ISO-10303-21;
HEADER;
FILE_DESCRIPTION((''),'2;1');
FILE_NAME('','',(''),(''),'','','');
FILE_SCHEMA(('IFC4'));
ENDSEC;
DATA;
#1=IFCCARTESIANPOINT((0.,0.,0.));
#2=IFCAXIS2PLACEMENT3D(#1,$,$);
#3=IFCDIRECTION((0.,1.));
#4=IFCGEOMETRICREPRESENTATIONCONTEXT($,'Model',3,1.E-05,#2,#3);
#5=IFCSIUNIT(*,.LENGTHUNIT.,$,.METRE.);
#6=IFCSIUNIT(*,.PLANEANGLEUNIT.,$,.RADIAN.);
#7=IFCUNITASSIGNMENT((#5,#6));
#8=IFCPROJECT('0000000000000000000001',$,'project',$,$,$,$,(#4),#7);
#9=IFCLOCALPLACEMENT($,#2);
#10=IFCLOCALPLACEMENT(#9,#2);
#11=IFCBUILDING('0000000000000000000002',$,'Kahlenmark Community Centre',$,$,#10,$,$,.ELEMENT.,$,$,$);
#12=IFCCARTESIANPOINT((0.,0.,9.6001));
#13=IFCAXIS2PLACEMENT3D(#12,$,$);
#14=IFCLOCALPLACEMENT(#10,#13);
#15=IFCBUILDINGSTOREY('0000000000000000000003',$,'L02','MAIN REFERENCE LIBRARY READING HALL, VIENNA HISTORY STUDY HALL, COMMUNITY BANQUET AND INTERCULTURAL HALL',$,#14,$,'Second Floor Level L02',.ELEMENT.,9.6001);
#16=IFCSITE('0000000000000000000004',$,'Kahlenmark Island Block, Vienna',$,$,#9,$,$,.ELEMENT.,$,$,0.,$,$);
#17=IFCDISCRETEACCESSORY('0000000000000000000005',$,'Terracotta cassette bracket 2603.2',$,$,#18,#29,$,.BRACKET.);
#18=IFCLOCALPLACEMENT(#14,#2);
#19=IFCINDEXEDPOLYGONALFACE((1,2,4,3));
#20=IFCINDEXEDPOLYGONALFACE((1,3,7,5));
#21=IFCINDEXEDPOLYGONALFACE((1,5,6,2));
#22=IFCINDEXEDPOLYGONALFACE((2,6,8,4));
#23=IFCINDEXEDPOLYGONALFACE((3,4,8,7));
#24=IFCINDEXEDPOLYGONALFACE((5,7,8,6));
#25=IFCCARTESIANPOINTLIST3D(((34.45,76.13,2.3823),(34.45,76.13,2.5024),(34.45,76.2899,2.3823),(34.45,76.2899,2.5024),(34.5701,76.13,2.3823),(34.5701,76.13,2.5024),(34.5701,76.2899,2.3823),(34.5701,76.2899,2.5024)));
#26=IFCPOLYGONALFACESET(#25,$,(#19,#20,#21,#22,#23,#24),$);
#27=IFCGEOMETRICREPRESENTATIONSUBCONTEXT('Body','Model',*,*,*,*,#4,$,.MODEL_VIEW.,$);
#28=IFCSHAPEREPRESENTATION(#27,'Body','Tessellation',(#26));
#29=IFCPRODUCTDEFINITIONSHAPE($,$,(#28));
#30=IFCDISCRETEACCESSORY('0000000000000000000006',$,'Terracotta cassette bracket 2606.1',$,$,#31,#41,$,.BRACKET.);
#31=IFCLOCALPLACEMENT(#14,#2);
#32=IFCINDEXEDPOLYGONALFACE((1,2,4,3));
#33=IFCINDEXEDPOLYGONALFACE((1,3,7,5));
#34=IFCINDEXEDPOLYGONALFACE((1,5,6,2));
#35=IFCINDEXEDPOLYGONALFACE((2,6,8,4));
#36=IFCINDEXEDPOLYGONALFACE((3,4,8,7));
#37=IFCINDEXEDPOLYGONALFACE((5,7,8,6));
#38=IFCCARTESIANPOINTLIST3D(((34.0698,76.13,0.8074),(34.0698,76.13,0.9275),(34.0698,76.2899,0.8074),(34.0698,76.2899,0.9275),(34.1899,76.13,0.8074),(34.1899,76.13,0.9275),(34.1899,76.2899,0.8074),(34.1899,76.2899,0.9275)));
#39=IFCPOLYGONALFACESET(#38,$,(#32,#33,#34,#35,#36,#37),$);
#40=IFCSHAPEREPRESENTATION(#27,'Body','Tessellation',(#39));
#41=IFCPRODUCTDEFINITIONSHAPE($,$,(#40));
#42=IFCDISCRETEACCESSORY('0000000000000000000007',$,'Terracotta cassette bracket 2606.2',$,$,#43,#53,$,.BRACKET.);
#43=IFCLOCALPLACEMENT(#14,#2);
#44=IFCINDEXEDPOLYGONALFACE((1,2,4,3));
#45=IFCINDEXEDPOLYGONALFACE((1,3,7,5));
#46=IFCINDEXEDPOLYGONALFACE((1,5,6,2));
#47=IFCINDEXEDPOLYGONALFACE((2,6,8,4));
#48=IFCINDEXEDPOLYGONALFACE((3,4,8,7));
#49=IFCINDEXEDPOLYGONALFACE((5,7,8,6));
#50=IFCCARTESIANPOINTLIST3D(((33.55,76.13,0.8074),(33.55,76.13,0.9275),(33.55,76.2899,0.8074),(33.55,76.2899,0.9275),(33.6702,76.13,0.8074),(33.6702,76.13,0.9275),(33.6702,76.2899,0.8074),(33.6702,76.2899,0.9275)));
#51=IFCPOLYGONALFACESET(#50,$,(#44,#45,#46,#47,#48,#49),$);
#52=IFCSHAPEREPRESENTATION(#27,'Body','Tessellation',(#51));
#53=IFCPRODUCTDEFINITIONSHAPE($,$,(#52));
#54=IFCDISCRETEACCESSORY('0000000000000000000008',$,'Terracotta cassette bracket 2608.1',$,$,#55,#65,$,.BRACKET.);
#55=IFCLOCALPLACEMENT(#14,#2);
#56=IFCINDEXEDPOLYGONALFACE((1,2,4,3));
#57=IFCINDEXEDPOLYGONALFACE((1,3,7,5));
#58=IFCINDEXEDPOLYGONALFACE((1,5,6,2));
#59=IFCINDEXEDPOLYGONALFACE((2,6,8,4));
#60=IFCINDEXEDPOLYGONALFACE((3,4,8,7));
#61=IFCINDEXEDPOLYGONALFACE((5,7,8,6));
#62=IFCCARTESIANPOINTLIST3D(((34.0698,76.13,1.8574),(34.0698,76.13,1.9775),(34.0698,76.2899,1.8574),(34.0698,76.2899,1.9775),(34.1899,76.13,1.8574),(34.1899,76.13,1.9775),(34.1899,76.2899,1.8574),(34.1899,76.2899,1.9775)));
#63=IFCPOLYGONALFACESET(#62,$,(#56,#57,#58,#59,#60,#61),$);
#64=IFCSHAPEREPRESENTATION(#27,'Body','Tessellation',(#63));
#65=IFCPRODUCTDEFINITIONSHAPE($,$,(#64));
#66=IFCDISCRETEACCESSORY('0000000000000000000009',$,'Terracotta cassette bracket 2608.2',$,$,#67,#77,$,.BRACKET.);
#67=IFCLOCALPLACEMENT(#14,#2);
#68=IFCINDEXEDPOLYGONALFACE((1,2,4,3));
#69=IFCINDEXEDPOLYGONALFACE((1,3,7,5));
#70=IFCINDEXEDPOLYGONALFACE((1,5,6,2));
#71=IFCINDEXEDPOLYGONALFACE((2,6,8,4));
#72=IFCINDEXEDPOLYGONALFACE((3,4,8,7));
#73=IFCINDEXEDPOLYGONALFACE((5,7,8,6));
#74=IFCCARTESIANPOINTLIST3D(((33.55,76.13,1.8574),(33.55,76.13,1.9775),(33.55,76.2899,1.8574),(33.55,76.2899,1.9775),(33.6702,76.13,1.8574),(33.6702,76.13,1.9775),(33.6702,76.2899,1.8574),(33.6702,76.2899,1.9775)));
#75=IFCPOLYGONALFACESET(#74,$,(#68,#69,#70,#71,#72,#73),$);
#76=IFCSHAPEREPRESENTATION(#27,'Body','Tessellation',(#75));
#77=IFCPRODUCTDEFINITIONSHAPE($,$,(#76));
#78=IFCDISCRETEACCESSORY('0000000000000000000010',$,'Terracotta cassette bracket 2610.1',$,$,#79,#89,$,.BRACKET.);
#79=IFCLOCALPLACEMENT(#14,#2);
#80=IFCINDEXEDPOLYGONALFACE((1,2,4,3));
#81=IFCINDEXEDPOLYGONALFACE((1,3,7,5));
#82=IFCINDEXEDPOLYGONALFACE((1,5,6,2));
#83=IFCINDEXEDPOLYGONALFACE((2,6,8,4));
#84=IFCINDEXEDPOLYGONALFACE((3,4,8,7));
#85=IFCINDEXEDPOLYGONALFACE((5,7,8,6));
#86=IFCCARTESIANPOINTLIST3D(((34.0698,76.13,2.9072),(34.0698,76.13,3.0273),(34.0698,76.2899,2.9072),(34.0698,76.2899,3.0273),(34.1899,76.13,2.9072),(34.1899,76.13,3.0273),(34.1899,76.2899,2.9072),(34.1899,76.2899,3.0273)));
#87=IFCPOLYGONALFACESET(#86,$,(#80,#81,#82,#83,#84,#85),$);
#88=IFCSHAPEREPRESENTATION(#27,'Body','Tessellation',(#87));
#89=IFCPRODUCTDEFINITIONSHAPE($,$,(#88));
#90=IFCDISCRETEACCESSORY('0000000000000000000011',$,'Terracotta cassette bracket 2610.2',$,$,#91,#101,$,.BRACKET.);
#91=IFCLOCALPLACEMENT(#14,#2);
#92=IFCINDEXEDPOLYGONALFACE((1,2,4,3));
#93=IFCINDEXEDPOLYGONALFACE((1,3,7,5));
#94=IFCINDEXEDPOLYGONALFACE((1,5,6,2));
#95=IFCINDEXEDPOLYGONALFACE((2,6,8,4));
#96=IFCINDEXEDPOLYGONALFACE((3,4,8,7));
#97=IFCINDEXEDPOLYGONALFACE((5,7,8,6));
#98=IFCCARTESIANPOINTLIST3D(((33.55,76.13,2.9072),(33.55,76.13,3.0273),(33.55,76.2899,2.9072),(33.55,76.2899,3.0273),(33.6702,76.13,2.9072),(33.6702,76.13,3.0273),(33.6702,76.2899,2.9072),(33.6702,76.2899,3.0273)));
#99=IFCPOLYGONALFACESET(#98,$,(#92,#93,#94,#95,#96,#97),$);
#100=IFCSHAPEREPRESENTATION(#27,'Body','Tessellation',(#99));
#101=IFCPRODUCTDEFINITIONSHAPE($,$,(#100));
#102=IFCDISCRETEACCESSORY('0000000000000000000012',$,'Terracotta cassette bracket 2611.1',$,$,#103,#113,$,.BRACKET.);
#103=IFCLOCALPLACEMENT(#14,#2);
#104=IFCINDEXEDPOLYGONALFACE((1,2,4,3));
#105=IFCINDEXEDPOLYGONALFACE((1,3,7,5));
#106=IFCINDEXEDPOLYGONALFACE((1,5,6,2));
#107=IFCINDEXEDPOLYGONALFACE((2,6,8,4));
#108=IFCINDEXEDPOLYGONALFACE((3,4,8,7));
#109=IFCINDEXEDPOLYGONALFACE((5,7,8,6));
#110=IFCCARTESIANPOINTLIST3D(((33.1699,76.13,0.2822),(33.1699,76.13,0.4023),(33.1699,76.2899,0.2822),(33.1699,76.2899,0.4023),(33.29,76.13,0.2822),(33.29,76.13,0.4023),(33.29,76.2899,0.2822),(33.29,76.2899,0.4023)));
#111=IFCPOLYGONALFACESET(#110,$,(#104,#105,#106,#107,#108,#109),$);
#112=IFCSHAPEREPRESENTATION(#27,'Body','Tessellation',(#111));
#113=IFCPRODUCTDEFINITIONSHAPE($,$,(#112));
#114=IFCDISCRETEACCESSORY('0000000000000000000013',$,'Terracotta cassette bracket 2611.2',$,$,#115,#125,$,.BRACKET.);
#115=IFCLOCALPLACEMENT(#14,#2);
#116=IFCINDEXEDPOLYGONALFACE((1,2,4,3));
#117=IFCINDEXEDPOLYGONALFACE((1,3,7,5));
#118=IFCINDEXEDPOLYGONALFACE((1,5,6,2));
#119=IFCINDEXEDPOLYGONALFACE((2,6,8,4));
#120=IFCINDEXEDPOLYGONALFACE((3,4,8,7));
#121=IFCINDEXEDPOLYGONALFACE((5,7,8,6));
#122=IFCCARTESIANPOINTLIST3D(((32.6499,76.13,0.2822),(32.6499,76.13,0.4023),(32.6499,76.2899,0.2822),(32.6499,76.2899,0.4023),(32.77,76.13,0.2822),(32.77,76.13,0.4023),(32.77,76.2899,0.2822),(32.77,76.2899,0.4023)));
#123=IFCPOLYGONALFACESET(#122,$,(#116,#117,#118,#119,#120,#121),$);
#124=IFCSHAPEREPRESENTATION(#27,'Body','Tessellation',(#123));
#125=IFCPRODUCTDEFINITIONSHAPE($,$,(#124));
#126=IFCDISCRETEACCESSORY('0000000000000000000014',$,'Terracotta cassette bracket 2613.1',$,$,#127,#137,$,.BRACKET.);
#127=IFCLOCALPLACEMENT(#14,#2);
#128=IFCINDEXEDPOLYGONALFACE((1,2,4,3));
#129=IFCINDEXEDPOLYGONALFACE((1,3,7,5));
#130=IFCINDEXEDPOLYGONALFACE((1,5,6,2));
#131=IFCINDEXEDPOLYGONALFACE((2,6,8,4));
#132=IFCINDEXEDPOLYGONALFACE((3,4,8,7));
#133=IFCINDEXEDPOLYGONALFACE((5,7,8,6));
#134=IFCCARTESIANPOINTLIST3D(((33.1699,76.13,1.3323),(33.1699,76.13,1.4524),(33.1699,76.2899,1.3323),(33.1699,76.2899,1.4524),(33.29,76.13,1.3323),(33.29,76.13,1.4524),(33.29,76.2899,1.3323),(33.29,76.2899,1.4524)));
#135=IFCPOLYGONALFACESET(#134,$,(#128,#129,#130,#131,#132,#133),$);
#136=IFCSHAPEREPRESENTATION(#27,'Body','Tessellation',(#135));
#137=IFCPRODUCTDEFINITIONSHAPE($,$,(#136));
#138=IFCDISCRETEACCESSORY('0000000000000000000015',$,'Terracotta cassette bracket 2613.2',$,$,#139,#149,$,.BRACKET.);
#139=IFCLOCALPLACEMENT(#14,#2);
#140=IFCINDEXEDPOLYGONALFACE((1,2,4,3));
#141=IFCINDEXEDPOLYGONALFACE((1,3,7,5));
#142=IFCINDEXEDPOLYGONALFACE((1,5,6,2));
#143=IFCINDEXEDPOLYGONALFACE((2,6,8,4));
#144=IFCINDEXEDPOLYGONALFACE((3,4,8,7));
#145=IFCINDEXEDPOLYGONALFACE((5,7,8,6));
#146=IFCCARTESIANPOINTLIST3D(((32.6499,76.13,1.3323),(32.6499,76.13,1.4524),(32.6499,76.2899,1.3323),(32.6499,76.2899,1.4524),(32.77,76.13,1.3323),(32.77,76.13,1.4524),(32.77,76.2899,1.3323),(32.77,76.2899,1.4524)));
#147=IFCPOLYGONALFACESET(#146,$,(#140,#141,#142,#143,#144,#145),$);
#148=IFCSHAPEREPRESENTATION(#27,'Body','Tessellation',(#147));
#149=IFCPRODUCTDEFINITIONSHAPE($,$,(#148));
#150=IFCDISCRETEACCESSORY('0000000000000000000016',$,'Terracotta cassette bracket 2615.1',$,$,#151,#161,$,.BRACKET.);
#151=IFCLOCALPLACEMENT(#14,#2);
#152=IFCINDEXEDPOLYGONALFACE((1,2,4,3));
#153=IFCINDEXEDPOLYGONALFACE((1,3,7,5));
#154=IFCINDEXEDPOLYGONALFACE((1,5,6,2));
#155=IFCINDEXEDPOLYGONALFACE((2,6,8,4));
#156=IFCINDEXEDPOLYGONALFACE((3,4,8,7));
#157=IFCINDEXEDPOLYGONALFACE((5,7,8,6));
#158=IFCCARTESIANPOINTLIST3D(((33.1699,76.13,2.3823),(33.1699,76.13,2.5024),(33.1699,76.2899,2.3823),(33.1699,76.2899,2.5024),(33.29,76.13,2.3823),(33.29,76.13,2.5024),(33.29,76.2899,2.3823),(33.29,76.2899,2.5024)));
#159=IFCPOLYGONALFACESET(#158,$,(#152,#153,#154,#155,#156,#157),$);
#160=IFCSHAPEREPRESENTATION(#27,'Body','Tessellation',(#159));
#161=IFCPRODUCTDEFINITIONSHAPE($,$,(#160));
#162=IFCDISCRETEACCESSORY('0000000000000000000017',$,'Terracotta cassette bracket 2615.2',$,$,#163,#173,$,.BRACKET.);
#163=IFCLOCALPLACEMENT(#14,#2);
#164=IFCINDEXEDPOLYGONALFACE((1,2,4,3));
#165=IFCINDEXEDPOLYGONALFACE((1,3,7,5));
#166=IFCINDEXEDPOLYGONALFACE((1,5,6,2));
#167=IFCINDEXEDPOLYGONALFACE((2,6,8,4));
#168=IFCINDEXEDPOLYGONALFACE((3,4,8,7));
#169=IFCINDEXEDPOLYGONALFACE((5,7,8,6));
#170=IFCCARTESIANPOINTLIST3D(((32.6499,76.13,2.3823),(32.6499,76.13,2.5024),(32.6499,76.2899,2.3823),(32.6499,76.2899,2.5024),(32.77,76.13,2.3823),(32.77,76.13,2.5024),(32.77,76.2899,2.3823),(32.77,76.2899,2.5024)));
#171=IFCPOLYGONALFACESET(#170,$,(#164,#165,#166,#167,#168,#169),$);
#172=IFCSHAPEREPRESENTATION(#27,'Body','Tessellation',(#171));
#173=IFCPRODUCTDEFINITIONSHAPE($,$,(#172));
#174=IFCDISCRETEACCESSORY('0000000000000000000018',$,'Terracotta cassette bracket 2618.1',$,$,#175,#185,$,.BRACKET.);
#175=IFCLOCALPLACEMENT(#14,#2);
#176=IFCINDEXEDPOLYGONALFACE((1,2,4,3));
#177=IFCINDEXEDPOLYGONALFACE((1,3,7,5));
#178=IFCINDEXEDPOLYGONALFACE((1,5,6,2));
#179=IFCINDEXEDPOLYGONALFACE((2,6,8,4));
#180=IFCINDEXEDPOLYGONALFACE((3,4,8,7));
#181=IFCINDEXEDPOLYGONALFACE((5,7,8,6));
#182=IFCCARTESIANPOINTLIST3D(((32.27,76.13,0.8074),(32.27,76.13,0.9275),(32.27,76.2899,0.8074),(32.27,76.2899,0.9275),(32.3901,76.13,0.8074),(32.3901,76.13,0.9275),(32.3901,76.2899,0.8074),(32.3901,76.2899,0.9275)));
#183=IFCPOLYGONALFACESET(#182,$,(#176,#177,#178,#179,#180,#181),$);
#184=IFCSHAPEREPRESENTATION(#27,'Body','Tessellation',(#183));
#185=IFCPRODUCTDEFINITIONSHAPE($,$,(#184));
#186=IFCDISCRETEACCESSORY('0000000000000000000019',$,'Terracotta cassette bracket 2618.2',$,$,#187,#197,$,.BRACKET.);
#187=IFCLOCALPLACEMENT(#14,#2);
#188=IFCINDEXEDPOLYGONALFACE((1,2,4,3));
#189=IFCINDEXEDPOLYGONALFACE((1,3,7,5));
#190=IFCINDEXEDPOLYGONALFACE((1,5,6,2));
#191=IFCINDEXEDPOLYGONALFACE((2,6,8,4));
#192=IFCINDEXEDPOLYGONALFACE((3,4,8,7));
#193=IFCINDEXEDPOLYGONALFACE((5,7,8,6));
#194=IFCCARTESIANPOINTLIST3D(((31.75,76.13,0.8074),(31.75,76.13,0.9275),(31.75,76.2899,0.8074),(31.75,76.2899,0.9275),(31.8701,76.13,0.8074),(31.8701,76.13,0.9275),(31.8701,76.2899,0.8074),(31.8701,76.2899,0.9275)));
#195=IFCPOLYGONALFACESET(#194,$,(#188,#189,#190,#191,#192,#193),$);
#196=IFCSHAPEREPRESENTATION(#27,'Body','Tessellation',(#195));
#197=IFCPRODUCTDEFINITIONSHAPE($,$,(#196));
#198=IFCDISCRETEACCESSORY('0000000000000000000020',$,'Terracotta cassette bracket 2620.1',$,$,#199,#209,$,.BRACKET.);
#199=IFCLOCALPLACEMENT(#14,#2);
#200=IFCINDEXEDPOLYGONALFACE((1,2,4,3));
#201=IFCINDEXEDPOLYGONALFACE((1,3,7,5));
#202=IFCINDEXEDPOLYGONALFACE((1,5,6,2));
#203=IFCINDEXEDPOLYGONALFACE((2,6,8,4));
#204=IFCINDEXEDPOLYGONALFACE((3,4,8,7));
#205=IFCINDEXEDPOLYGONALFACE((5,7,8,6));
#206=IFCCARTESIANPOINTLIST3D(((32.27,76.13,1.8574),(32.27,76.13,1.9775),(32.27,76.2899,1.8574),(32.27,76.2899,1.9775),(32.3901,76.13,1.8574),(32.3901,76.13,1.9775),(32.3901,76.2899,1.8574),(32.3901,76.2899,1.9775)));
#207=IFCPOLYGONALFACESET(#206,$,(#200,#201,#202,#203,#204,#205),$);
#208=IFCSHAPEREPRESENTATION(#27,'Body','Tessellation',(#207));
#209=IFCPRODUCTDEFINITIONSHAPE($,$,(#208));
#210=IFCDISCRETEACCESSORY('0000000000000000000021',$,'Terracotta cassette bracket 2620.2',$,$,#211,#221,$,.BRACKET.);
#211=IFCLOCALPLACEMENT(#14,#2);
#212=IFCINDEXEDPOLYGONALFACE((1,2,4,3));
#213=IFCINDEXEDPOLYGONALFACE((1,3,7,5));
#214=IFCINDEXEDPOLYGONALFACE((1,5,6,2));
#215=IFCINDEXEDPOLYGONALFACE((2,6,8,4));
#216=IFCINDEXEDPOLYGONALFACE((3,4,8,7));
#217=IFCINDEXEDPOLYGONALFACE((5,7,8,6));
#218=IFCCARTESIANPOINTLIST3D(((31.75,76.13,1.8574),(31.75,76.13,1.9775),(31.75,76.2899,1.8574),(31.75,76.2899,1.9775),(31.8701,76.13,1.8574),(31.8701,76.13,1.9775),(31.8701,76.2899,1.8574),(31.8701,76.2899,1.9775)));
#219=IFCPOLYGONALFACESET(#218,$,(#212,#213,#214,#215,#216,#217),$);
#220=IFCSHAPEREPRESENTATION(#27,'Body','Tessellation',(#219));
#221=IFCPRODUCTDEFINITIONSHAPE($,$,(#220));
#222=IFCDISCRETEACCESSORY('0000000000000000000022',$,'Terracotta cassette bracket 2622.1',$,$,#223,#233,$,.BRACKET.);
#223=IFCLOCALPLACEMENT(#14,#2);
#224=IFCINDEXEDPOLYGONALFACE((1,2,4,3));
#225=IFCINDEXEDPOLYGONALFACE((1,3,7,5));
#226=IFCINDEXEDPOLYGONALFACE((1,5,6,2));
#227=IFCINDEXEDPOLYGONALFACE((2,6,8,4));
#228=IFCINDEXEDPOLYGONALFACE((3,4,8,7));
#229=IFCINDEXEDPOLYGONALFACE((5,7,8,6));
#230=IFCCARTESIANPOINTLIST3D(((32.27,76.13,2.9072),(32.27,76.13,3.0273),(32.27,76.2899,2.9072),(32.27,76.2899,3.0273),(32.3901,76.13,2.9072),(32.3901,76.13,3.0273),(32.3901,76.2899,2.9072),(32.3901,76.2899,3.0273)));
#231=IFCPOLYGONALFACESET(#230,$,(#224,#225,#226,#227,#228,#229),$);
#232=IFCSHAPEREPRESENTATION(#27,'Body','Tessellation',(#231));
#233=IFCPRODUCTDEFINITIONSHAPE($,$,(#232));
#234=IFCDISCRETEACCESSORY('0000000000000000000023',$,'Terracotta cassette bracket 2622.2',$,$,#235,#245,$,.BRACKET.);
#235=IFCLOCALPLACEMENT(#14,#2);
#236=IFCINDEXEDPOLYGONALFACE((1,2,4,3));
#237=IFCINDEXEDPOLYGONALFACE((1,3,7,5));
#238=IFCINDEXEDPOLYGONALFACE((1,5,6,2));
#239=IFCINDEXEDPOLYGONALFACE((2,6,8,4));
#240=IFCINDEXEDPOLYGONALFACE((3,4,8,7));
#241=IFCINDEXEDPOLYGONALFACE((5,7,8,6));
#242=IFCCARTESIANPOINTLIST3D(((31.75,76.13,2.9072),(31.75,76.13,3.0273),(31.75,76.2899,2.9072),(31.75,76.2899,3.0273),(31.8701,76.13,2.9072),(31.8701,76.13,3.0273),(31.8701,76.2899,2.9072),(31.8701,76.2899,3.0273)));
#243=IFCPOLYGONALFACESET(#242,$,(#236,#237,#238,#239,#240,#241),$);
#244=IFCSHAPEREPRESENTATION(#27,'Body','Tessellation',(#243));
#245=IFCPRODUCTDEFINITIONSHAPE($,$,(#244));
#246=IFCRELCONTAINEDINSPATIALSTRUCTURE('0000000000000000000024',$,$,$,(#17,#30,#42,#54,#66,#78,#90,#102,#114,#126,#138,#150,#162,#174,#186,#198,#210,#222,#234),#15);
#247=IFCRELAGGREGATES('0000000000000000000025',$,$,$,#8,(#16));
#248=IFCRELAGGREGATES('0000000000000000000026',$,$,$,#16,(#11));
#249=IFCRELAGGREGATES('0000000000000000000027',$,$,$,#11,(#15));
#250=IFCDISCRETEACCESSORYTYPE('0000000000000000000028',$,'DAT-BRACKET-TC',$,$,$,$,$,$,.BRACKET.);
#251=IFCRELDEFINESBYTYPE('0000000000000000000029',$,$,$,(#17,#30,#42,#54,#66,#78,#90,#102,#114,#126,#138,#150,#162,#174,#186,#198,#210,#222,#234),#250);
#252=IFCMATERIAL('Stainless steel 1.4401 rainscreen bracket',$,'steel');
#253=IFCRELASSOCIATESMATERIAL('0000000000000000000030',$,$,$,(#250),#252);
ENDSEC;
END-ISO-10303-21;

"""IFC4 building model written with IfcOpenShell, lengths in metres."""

from ifc_helpers import new_model, si_unit, direction, frame, origin, origin_2d, place, context, subcontext, project, spatial, rectangle, extrude, material, type_object, element, save


model = new_model("IFC4")

# Units and contexts
model_context = context("Model", 3, precision=1e-05, world=origin(), true_north=direction((0.0, 1.0)))
body_context = subcontext(model_context, "Body", "Model", "MODEL_VIEW")
ifc_project = project(units=[si_unit("LENGTHUNIT", "METRE"), si_unit("PLANEANGLEUNIT", "RADIAN")], contexts=[model_context])

# Site, building, storey
site_placement = place(None, origin())
site = spatial("IfcSite", under=ifc_project, at=site_placement, Name="Kahlenmark Island Block, Vienna", CompositionType="ELEMENT", RefElevation=0.0)
building_placement = place(site_placement, origin())
building = spatial("IfcBuilding", under=site, at=building_placement, Name="Kahlenmark Community Centre", CompositionType="ELEMENT")
storey_placement = place(building_placement, frame((0.0, 0.0, 9.6001)))
storey = spatial("IfcBuildingStorey", under=building, at=storey_placement, Name="L02", Description="MAIN REFERENCE LIBRARY READING HALL, VIENNA HISTORY STUDY HALL, COMMUNITY BANQUET AND INTERCULTURAL HALL", LongName="Second Floor Level L02", CompositionType="ELEMENT", Elevation=9.6001)

# Discrete accessories
ifc_material = material(Name="Stainless steel 1.4401 rainscreen bracket", Category="steel")
discrete_accessory_type = type_object("IfcDiscreteAccessoryType", Name="DAT-BRACKET-TC", PredefinedType="BRACKET", material=ifc_material)
for number, where, z_axis, x_axis, name in (
    (1, (34.51, 76.21, 2.3823), (0.0, 0.0, 1.0), (-1.0, 0.0, 0.0), "Terracotta cassette bracket 2603.2"),
    (2, (34.1299, 76.21, 0.8074), (0.0, 0.0, 1.0), (-1.0, 0.0, 0.0), "Terracotta cassette bracket 2606.1"),
    (3, (33.6101, 76.21, 0.8074), (0.0, 0.0, 1.0), (-1.0, 0.0, 0.0), "Terracotta cassette bracket 2606.2"),
    (4, (34.1299, 76.21, 1.8574), (0.0, 0.0, 1.0), (-1.0, 0.0, 0.0), "Terracotta cassette bracket 2608.1"),
    (5, (33.6101, 76.21, 1.8574), (0.0, 0.0, 1.0), (-1.0, 0.0, 0.0), "Terracotta cassette bracket 2608.2"),
    (6, (34.1299, 76.21, 2.9072), (0.0, 0.0, 1.0), (-1.0, 0.0, 0.0), "Terracotta cassette bracket 2610.1"),
    (7, (33.6101, 76.21, 2.9072), (0.0, 0.0, 1.0), (-1.0, 0.0, 0.0), "Terracotta cassette bracket 2610.2"),
    (8, (33.23, 76.21, 0.2822), (0.0, 0.0, 1.0), (-1.0, 0.0, 0.0), "Terracotta cassette bracket 2611.1"),
    (9, (32.71, 76.21, 0.2822), (0.0, 0.0, 1.0), (-1.0, 0.0, 0.0), "Terracotta cassette bracket 2611.2"),
    (10, (33.23, 76.21, 1.3323), (0.0, 0.0, 1.0), (-1.0, 0.0, 0.0), "Terracotta cassette bracket 2613.1"),
    (11, (32.71, 76.21, 1.3323), (0.0, 0.0, 1.0), (-1.0, 0.0, 0.0), "Terracotta cassette bracket 2613.2"),
    (12, (33.23, 76.21, 2.3823), (0.0, 0.0, 1.0), (-1.0, 0.0, 0.0), "Terracotta cassette bracket 2615.1"),
    (13, (32.71, 76.21, 2.3823), (0.0, 0.0, 1.0), (-1.0, 0.0, 0.0), "Terracotta cassette bracket 2615.2"),
    (14, (32.3301, 76.21, 0.8074), (0.0, 0.0, 1.0), (-1.0, 0.0, 0.0), "Terracotta cassette bracket 2618.1"),
    (15, (31.8101, 76.21, 0.8074), (0.0, 0.0, 1.0), (-1.0, 0.0, 0.0), "Terracotta cassette bracket 2618.2"),
    (16, (32.3301, 76.21, 1.8574), (0.0, 0.0, 1.0), (-1.0, 0.0, 0.0), "Terracotta cassette bracket 2620.1"),
    (17, (31.8101, 76.21, 1.8574), (0.0, 0.0, 1.0), (-1.0, 0.0, 0.0), "Terracotta cassette bracket 2620.2"),
    (18, (32.3301, 76.21, 2.9072), (0.0, 0.0, 1.0), (-1.0, 0.0, 0.0), "Terracotta cassette bracket 2622.1"),
    (19, (31.8101, 76.21, 2.9072), (0.0, 0.0, 1.0), (-1.0, 0.0, 0.0), "Terracotta cassette bracket 2622.2"),
):
    element("IfcDiscreteAccessory", number, at=place(storey_placement, frame(where, z_axis=z_axis, x_axis=x_axis)), inside=storey, type_object=discrete_accessory_type, Name=name, PredefinedType="BRACKET", context=body_context, shape_type="SweptSolid", body=[
        extrude(rectangle(XDim=0.1201, YDim=0.1599, at=origin_2d()), origin(), (0.0, 0.0, 1.0), 0.1201),
    ])

save(model, "model.ifc")
